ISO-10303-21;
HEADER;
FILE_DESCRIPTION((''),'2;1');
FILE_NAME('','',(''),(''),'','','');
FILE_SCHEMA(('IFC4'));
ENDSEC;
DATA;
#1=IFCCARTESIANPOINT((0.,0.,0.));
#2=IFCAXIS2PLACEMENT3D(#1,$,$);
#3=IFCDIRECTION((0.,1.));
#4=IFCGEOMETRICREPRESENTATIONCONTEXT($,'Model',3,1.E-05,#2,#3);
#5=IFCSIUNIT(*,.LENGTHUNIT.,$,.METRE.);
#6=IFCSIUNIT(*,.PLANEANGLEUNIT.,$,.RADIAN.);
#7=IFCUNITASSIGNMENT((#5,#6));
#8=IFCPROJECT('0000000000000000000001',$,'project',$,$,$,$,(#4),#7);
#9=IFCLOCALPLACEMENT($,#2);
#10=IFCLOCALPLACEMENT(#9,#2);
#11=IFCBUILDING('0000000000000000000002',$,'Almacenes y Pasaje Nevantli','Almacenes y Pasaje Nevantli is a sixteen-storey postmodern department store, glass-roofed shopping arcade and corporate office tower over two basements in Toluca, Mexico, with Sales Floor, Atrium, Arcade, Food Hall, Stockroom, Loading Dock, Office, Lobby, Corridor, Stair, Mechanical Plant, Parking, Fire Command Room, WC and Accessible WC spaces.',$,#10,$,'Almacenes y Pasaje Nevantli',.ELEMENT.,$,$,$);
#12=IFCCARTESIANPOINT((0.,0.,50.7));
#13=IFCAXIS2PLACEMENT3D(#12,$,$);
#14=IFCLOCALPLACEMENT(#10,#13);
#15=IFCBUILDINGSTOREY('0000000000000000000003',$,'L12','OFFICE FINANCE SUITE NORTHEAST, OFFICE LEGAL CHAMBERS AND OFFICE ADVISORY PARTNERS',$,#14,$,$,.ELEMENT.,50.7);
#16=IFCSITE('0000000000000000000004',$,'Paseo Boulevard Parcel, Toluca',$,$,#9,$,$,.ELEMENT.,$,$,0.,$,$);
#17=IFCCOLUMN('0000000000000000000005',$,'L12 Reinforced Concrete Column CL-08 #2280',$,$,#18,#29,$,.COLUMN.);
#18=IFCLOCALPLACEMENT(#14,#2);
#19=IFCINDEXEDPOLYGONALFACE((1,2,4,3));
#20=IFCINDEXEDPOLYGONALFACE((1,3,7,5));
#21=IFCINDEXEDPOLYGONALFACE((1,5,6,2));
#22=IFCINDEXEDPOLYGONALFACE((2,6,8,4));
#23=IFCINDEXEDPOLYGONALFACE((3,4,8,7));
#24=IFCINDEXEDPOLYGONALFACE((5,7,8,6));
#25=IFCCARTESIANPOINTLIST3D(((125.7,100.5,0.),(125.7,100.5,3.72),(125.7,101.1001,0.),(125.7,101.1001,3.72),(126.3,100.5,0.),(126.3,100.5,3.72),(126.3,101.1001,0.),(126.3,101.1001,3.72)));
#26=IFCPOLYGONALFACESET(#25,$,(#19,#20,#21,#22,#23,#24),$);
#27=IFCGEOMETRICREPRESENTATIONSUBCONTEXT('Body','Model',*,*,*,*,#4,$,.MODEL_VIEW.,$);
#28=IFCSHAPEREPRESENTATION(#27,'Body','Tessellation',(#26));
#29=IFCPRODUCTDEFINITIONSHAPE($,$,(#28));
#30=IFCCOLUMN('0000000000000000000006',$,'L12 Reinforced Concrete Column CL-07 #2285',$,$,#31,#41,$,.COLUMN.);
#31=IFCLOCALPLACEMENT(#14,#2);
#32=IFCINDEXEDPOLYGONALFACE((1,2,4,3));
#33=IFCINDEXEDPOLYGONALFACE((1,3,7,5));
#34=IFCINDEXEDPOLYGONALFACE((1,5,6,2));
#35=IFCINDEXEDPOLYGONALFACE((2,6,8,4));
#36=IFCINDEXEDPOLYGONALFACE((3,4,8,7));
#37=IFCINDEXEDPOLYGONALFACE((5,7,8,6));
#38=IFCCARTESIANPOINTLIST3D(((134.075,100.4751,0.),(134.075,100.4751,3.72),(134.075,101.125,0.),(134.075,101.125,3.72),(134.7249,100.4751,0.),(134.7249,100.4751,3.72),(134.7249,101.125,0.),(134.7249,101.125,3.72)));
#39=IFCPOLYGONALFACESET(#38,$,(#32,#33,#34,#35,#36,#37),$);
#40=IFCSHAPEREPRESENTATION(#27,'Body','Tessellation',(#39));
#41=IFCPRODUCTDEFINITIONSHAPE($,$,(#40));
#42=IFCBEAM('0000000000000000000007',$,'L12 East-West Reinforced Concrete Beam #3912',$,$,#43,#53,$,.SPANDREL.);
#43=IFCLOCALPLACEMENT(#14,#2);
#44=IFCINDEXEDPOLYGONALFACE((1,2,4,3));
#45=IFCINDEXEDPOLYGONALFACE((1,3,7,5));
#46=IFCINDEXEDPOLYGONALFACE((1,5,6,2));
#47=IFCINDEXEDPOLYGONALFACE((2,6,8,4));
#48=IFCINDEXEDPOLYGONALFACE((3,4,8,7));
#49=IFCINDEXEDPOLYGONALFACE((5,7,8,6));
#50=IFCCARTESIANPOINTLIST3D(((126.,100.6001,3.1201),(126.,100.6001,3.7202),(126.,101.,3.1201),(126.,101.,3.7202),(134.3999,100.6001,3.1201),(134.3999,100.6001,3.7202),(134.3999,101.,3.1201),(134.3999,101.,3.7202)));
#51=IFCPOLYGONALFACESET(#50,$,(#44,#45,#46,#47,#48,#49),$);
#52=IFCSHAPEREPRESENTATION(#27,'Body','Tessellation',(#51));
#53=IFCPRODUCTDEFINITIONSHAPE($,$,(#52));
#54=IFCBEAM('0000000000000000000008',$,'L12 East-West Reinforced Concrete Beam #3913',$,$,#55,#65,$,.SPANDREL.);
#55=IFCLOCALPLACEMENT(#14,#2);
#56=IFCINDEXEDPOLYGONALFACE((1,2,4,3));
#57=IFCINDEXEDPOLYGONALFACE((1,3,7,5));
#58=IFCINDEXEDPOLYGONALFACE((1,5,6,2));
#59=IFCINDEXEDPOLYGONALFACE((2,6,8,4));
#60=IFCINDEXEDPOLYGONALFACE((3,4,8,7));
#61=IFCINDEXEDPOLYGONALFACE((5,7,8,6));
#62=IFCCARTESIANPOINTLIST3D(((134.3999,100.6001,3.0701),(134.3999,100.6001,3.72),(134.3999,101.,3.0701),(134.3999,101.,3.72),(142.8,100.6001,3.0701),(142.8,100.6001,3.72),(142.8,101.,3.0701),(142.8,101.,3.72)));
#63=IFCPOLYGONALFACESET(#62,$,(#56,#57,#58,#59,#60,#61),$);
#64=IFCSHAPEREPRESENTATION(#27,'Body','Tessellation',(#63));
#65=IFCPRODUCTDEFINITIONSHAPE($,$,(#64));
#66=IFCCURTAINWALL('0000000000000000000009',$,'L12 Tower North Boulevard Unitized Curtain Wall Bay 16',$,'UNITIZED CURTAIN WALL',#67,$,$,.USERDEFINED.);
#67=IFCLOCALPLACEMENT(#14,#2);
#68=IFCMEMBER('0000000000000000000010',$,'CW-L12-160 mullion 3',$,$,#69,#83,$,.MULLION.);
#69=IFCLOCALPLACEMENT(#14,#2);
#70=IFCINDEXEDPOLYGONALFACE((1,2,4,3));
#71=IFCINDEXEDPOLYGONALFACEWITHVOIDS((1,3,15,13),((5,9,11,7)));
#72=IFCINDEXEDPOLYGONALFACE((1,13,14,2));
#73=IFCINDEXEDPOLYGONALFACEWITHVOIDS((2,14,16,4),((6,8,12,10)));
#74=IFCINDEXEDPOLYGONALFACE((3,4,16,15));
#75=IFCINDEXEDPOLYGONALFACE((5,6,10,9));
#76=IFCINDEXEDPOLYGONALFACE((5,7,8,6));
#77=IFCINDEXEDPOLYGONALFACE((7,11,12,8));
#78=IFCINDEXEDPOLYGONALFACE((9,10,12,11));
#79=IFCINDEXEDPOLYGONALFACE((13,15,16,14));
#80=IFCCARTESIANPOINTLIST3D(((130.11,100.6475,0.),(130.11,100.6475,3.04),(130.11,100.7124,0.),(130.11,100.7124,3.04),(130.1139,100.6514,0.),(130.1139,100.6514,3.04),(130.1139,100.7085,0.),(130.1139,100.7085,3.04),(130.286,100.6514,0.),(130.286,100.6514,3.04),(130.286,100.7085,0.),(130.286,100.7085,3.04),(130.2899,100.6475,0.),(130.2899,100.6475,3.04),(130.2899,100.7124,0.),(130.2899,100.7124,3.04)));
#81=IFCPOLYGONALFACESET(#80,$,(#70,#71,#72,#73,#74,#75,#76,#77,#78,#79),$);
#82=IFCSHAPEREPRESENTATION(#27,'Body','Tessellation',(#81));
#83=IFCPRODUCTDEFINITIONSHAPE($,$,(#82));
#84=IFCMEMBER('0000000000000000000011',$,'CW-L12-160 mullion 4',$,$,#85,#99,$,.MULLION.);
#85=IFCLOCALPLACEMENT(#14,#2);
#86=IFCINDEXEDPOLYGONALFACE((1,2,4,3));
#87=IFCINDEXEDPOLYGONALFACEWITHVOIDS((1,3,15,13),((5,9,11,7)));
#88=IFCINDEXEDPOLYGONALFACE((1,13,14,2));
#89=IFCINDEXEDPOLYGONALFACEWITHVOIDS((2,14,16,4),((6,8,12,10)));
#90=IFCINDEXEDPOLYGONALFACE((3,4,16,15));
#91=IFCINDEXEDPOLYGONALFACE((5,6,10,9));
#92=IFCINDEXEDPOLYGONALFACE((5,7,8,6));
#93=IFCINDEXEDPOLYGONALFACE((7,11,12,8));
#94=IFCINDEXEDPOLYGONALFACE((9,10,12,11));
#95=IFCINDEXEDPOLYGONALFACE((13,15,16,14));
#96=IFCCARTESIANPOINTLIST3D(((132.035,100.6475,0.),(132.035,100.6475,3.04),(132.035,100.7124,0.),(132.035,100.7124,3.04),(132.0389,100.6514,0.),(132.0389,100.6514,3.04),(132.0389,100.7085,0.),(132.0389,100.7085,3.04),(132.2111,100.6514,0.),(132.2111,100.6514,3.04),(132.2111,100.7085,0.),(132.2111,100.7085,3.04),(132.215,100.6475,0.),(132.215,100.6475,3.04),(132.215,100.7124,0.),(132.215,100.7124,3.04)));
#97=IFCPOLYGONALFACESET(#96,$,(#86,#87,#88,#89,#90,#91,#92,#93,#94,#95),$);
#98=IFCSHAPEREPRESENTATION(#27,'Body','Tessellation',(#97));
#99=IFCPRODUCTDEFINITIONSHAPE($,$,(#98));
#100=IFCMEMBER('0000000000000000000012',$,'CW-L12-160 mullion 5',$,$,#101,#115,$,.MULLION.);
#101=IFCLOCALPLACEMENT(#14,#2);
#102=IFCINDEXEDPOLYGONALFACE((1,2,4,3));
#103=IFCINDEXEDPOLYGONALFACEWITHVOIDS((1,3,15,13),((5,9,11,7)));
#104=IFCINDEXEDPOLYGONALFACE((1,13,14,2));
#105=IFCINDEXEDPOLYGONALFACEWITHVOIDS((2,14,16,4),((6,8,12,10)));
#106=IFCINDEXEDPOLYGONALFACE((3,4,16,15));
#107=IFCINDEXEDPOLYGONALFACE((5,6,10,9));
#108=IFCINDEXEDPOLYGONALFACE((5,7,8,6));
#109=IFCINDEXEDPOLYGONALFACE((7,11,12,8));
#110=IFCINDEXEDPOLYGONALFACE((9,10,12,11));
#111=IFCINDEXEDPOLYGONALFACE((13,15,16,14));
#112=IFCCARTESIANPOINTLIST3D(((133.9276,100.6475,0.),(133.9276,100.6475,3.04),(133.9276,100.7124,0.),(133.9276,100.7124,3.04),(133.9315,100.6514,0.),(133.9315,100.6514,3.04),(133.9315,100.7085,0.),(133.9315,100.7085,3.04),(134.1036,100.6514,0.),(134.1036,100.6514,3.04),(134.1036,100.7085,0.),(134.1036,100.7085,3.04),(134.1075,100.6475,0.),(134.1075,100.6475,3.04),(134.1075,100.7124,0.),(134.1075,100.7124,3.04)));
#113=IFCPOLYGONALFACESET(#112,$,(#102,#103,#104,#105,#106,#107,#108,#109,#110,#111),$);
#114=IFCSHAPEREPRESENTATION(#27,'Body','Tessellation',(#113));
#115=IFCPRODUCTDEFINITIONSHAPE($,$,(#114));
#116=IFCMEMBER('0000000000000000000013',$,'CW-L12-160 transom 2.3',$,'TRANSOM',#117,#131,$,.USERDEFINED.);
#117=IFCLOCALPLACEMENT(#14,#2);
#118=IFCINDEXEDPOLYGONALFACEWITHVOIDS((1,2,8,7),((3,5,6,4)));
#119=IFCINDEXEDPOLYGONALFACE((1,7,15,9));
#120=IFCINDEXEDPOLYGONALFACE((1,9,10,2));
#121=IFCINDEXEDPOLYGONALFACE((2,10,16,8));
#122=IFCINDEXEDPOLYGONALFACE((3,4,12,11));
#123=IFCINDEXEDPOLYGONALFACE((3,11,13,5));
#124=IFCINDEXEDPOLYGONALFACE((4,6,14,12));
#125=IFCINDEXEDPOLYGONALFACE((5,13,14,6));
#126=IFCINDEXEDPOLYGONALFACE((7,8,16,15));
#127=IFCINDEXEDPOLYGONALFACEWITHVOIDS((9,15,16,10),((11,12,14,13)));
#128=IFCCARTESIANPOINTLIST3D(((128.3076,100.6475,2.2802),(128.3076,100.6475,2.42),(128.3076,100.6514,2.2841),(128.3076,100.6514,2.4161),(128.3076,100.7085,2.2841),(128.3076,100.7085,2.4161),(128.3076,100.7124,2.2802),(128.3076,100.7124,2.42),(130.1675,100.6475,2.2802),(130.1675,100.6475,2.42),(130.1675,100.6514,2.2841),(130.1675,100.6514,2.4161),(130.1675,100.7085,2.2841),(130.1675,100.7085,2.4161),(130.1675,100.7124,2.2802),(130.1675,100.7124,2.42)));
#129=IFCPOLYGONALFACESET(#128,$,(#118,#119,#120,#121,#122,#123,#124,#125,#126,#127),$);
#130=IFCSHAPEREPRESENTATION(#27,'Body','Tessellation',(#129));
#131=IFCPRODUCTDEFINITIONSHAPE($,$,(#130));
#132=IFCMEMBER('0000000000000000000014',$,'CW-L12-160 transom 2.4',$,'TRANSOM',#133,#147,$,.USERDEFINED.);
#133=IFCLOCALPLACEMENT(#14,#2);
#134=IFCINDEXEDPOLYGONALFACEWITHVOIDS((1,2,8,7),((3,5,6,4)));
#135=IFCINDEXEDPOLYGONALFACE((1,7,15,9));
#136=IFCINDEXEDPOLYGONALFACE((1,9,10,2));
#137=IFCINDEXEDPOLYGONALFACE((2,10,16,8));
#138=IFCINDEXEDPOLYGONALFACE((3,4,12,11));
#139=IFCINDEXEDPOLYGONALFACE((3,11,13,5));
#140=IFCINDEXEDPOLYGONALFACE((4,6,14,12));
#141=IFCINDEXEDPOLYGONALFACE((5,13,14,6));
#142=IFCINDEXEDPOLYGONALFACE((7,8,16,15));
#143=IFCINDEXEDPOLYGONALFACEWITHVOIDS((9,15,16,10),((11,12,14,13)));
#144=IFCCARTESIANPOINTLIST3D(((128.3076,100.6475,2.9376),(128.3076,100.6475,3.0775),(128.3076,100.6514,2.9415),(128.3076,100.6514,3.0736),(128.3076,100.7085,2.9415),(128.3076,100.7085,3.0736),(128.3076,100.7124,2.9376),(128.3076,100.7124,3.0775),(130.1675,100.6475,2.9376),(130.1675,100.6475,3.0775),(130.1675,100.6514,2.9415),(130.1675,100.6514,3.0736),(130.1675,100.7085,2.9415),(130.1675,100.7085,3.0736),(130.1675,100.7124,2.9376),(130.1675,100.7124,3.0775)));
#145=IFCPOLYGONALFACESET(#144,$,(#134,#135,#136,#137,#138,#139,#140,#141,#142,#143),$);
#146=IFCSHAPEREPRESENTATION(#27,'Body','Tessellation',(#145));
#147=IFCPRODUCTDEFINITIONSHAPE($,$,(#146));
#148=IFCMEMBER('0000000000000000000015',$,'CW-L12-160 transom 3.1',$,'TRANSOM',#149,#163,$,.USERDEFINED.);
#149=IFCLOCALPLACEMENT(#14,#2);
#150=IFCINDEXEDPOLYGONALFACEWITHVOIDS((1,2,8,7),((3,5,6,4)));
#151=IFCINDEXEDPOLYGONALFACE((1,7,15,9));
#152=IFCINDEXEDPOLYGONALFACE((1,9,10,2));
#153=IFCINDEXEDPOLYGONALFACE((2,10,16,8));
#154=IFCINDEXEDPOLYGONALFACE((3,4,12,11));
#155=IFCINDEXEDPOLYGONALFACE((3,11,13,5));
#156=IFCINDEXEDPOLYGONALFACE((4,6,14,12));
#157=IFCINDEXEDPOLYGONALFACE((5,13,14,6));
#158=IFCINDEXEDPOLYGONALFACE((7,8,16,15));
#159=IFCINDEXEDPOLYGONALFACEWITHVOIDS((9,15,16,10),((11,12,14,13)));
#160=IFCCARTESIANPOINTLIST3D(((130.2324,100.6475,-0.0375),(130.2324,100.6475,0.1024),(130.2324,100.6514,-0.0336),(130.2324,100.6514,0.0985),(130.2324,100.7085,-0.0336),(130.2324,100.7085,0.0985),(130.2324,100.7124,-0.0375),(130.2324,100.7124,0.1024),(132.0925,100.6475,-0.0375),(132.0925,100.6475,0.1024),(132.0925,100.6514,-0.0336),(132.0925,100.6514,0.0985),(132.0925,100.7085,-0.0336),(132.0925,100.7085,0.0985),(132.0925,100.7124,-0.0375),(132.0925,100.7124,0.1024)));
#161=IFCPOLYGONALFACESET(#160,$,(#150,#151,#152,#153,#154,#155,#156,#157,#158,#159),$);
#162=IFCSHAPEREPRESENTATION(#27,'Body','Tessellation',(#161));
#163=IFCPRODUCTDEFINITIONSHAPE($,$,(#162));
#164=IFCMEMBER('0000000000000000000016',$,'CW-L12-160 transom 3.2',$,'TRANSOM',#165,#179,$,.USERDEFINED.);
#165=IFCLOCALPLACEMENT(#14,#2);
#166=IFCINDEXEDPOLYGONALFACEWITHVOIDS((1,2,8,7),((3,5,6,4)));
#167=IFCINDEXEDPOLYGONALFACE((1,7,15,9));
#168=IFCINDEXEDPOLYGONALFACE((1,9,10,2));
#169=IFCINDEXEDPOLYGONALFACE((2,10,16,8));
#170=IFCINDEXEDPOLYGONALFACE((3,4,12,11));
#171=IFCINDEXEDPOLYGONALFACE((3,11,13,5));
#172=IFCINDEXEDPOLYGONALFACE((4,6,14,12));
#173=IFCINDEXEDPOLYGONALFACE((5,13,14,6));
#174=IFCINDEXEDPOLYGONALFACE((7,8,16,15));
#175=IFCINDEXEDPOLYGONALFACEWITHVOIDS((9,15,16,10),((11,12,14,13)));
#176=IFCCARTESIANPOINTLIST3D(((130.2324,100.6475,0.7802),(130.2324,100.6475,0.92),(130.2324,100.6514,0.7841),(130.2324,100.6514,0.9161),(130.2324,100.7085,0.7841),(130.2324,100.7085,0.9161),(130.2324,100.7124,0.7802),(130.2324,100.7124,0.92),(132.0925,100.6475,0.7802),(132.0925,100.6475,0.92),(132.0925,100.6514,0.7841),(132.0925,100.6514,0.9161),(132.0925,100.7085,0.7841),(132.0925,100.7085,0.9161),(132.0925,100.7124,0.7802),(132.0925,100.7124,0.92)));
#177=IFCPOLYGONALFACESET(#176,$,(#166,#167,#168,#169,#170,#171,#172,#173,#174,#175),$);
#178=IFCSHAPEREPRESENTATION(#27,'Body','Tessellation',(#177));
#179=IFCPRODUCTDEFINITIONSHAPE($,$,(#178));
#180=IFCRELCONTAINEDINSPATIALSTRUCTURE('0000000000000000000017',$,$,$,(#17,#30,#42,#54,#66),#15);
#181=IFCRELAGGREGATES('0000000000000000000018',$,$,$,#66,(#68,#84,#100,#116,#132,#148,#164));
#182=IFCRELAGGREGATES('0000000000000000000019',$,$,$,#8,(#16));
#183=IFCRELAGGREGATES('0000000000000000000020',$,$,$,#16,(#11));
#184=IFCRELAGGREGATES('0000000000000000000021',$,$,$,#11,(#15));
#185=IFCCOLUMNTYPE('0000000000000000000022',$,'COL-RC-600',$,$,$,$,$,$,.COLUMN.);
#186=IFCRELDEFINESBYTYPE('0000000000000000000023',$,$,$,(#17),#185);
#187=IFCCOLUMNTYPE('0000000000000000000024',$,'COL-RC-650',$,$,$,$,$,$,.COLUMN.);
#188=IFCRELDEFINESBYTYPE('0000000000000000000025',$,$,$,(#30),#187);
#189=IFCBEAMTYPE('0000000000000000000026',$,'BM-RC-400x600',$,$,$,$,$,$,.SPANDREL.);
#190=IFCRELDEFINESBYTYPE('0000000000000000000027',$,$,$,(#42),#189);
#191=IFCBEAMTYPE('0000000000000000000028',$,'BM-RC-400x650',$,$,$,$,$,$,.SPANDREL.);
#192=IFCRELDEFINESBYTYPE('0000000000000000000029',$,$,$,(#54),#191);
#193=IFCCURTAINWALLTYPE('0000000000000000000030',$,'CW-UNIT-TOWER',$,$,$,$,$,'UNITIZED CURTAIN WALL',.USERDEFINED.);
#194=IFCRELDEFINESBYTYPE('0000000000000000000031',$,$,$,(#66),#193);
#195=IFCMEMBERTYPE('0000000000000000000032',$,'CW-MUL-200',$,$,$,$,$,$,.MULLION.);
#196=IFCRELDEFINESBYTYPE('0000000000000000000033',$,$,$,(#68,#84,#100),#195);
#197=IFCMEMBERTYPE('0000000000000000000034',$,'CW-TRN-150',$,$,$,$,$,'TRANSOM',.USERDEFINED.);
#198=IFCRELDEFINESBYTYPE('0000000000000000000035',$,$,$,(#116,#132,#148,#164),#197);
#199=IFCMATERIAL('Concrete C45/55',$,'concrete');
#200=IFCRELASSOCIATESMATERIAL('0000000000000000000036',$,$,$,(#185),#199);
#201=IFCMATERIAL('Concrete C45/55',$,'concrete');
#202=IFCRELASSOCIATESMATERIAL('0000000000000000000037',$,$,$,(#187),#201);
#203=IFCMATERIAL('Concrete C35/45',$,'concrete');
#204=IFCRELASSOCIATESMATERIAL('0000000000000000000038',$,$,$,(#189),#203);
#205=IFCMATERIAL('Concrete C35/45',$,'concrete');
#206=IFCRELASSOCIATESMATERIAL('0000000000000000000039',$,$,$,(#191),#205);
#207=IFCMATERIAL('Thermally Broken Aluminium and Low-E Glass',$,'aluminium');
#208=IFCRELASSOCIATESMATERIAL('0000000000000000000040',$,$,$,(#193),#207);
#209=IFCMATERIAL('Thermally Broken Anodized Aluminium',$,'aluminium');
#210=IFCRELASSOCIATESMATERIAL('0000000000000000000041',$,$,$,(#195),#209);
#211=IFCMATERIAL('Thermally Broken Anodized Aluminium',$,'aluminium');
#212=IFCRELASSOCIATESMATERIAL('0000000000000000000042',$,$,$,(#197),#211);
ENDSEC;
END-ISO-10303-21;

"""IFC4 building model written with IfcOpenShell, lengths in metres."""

from ifc_helpers import new_model, si_unit, direction, frame, origin, origin_2d, place, context, subcontext, project, spatial, rectangle, hollow_rectangle, extrude, material, material_profile, profile_set, type_object, element, aggregate, save


model = new_model("IFC4")

# Units and contexts
model_context = context("Model", 3, precision=1e-05, world=origin(), true_north=direction((0.0, 1.0)))
body_context = subcontext(model_context, "Body", "Model", "MODEL_VIEW")
ifc_project = project(units=[si_unit("LENGTHUNIT", "METRE"), si_unit("PLANEANGLEUNIT", "RADIAN")], contexts=[model_context])

# Site, building, storey
site_placement = place(None, origin())
site = spatial("IfcSite", under=ifc_project, at=site_placement, Name="Paseo Boulevard Parcel, Toluca", CompositionType="ELEMENT", RefElevation=0.0)
building_placement = place(site_placement, origin())
building = spatial("IfcBuilding", under=site, at=building_placement, Name="Almacenes y Pasaje Nevantli", Description="Almacenes y Pasaje Nevantli is a sixteen-storey postmodern department store, glass-roofed shopping arcade and corporate office tower over two basements in Toluca, Mexico, with Sales Floor, Atrium, Arcade, Food Hall, Stockroom, Loading Dock, Office, Lobby, Corridor, Stair, Mechanical Plant, Parking, Fire Command Room, WC and Accessible WC spaces.", LongName="Almacenes y Pasaje Nevantli", CompositionType="ELEMENT")
storey_placement = place(building_placement, frame((0.0, 0.0, 50.7)))
storey = spatial("IfcBuildingStorey", under=building, at=storey_placement, Name="L12", Description="OFFICE FINANCE SUITE NORTHEAST, OFFICE LEGAL CHAMBERS AND OFFICE ADVISORY PARTNERS", CompositionType="ELEMENT", Elevation=50.7)

# Columns
ifc_material_1 = material(Name="Concrete C45/55", Category="concrete")
ifc_material_profile_1 = material_profile(ifc_material_1, rectangle(XDim=0.6001, YDim=0.6001, at=origin_2d()), Name="RC-COL-600x600")
ifc_profile_set_1 = profile_set([ifc_material_profile_1], Name="Concrete C45/55")
column_type_1 = type_object("IfcColumnType", Name="COL-RC-600", PredefinedType="COLUMN", material=ifc_profile_set_1)
column_1_placement = place(storey_placement, frame((126.0, 100.8, 0.0), z_axis=(0.0, 0.0, 1.0), x_axis=(1.0, 0.0, 0.0)))
element("IfcColumn", 1, at=column_1_placement, inside=storey, type_object=column_type_1, Name="L12 Reinforced Concrete Column CL-08 #2280", PredefinedType="COLUMN", context=body_context, shape_type="SweptSolid", body=[
    extrude(rectangle(XDim=0.6001, YDim=0.6001, at=origin_2d()), origin(), (0.0, 0.0, 1.0), 3.72),
])
ifc_material_2 = material(Name="Concrete C45/55", Category="concrete")
ifc_material_profile_2 = material_profile(ifc_material_2, rectangle(XDim=0.6499, YDim=0.6499, at=origin_2d()), Name="RC-COL-650x650")
ifc_profile_set_2 = profile_set([ifc_material_profile_2], Name="Concrete C45/55")
column_type_2 = type_object("IfcColumnType", Name="COL-RC-650", PredefinedType="COLUMN", material=ifc_profile_set_2)
column_2_placement = place(storey_placement, frame((134.3999, 100.8, 0.0), z_axis=(0.0, 0.0, 1.0), x_axis=(1.0, 0.0, 0.0)))
element("IfcColumn", 2, at=column_2_placement, inside=storey, type_object=column_type_2, Name="L12 Reinforced Concrete Column CL-07 #2285", PredefinedType="COLUMN", context=body_context, shape_type="SweptSolid", body=[
    extrude(rectangle(XDim=0.6499, YDim=0.6499, at=origin_2d()), origin(), (0.0, 0.0, 1.0), 3.72),
])

# Beams
ifc_material_3 = material(Name="Concrete C35/45", Category="concrete")
ifc_material_profile_3 = material_profile(ifc_material_3, rectangle(XDim=0.3999, YDim=0.6001, at=origin_2d()), Name="RC-BM-400x600")
ifc_profile_set_3 = profile_set([ifc_material_profile_3], Name="Concrete C35/45")
beam_type_1 = type_object("IfcBeamType", Name="BM-RC-400x600", PredefinedType="SPANDREL", material=ifc_profile_set_3)
beam_1_placement = place(storey_placement, frame((126.0, 100.8, 3.4202), z_axis=(1.0, 0.0, 0.0), x_axis=(0.0, 1.0, 0.0)))
element("IfcBeam", 3, at=beam_1_placement, inside=storey, type_object=beam_type_1, Name="L12 East-West Reinforced Concrete Beam #3912", PredefinedType="SPANDREL", context=body_context, shape_type="SweptSolid", body=[
    extrude(rectangle(XDim=0.3999, YDim=0.6001, at=origin_2d()), origin(), (0.0, 0.0, 1.0), 8.3999),
])
ifc_material_4 = material(Name="Concrete C35/45", Category="concrete")
ifc_material_profile_4 = material_profile(ifc_material_4, rectangle(XDim=0.3999, YDim=0.6499, at=origin_2d()), Name="RC-BM-400x650")
ifc_profile_set_4 = profile_set([ifc_material_profile_4], Name="Concrete C35/45")
beam_type_2 = type_object("IfcBeamType", Name="BM-RC-400x650", PredefinedType="SPANDREL", material=ifc_profile_set_4)
beam_2_placement = place(storey_placement, frame((134.3999, 100.8, 3.395), z_axis=(1.0, 0.0, 0.0), x_axis=(0.0, 1.0, 0.0)))
element("IfcBeam", 4, at=beam_2_placement, inside=storey, type_object=beam_type_2, Name="L12 East-West Reinforced Concrete Beam #3913", PredefinedType="SPANDREL", context=body_context, shape_type="SweptSolid", body=[
    extrude(rectangle(XDim=0.3999, YDim=0.6499, at=origin_2d()), origin(), (0.0, 0.0, 1.0), 8.4001),
])

# Curtain wall, members
ifc_material_5 = material(Name="Thermally Broken Aluminium and Low-E Glass", Category="aluminium")
curtain_wall_type = type_object("IfcCurtainWallType", Name="CW-UNIT-TOWER", ElementType="UNITIZED CURTAIN WALL", PredefinedType="USERDEFINED", material=ifc_material_5)
curtain_wall_placement = place(storey_placement, origin())
curtain_wall = element("IfcCurtainWall", 5, at=curtain_wall_placement, inside=storey, type_object=curtain_wall_type, Name="L12 Tower North Boulevard Unitized Curtain Wall Bay 16", ObjectType="UNITIZED CURTAIN WALL", PredefinedType="USERDEFINED")
ifc_material_6 = material(Name="Thermally Broken Anodized Aluminium", Category="aluminium")
ifc_material_profile_5 = material_profile(ifc_material_6, hollow_rectangle(XDim=0.0649, YDim=0.1799, WallThickness=0.0039, at=origin_2d()), Name="ALU-MUL-65x180")
ifc_profile_set_5 = profile_set([ifc_material_profile_5], Name="Thermally Broken Anodized Aluminium")
member_type_1 = type_object("IfcMemberType", Name="CW-MUL-200", PredefinedType="MULLION", material=ifc_profile_set_5)
member_1_placement = place(storey_placement, frame((130.2, 100.6799, 0.0), z_axis=(0.0, 0.0, 1.0), x_axis=(0.0, 1.0, 0.0)))
member_1 = element("IfcMember", 6, at=member_1_placement, type_object=member_type_1, Name="CW-L12-160 mullion 3", PredefinedType="MULLION", context=body_context, shape_type="SweptSolid", body=[
    extrude(hollow_rectangle(XDim=0.0649, YDim=0.1799, WallThickness=0.0039, at=origin_2d()), origin(), (0.0, 0.0, 1.0), 3.04),
])
member_2_placement = place(storey_placement, frame((132.125, 100.6799, 0.0), z_axis=(0.0, 0.0, 1.0), x_axis=(0.0, 1.0, 0.0)))
member_2 = element("IfcMember", 7, at=member_2_placement, type_object=member_type_1, Name="CW-L12-160 mullion 4", PredefinedType="MULLION", context=body_context, shape_type="SweptSolid", body=[
    extrude(hollow_rectangle(XDim=0.0649, YDim=0.1799, WallThickness=0.0039, at=origin_2d()), origin(), (0.0, 0.0, 1.0), 3.04),
])
member_3_placement = place(storey_placement, frame((134.0176, 100.6799, 0.0), z_axis=(0.0, 0.0, 1.0), x_axis=(0.0, 1.0, 0.0)))
member_3 = element("IfcMember", 8, at=member_3_placement, type_object=member_type_1, Name="CW-L12-160 mullion 5", PredefinedType="MULLION", context=body_context, shape_type="SweptSolid", body=[
    extrude(hollow_rectangle(XDim=0.0649, YDim=0.1799, WallThickness=0.0039, at=origin_2d()), origin(), (0.0, 0.0, 1.0), 3.04),
])
ifc_material_7 = material(Name="Thermally Broken Anodized Aluminium", Category="aluminium")
ifc_material_profile_6 = material_profile(ifc_material_7, hollow_rectangle(XDim=0.0649, YDim=0.1399, WallThickness=0.0039, at=origin_2d()), Name="ALU-TRN-65x140")
ifc_profile_set_6 = profile_set([ifc_material_profile_6], Name="Thermally Broken Anodized Aluminium")
member_type_2 = type_object("IfcMemberType", Name="CW-TRN-150", ElementType="TRANSOM", PredefinedType="USERDEFINED", material=ifc_profile_set_6)
member_4_placement = place(storey_placement, frame((128.3076, 100.6799, 2.3501), z_axis=(1.0, 0.0, 0.0), x_axis=(0.0, 1.0, 0.0)))
member_4 = element("IfcMember", 9, at=member_4_placement, type_object=member_type_2, Name="CW-L12-160 transom 2.3", ObjectType="TRANSOM", PredefinedType="USERDEFINED", context=body_context, shape_type="SweptSolid", body=[
    extrude(hollow_rectangle(XDim=0.0649, YDim=0.1399, WallThickness=0.0039, at=origin_2d()), origin(), (0.0, 0.0, 1.0), 1.8599),
])
member_5_placement = place(storey_placement, frame((128.3076, 100.6799, 3.0076), z_axis=(1.0, 0.0, 0.0), x_axis=(0.0, 1.0, 0.0)))
member_5 = element("IfcMember", 10, at=member_5_placement, type_object=member_type_2, Name="CW-L12-160 transom 2.4", ObjectType="TRANSOM", PredefinedType="USERDEFINED", context=body_context, shape_type="SweptSolid", body=[
    extrude(hollow_rectangle(XDim=0.0649, YDim=0.1399, WallThickness=0.0039, at=origin_2d()), origin(), (0.0, 0.0, 1.0), 1.8599),
])
member_6_placement = place(storey_placement, frame((130.2324, 100.6799, 0.0325), z_axis=(1.0, 0.0, 0.0), x_axis=(0.0, 1.0, 0.0)))
member_6 = element("IfcMember", 11, at=member_6_placement, type_object=member_type_2, Name="CW-L12-160 transom 3.1", ObjectType="TRANSOM", PredefinedType="USERDEFINED", context=body_context, shape_type="SweptSolid", body=[
    extrude(hollow_rectangle(XDim=0.0649, YDim=0.1399, WallThickness=0.0039, at=origin_2d()), origin(), (0.0, 0.0, 1.0), 1.8601),
])
member_7_placement = place(storey_placement, frame((130.2324, 100.6799, 0.8501), z_axis=(1.0, 0.0, 0.0), x_axis=(0.0, 1.0, 0.0)))
member_7 = element("IfcMember", 12, at=member_7_placement, type_object=member_type_2, Name="CW-L12-160 transom 3.2", ObjectType="TRANSOM", PredefinedType="USERDEFINED", context=body_context, shape_type="SweptSolid", body=[
    extrude(hollow_rectangle(XDim=0.0649, YDim=0.1399, WallThickness=0.0039, at=origin_2d()), origin(), (0.0, 0.0, 1.0), 1.8601),
])
aggregate(curtain_wall, [member_1, member_2, member_3, member_4, member_5, member_6, member_7])

save(model, "model.ifc")
